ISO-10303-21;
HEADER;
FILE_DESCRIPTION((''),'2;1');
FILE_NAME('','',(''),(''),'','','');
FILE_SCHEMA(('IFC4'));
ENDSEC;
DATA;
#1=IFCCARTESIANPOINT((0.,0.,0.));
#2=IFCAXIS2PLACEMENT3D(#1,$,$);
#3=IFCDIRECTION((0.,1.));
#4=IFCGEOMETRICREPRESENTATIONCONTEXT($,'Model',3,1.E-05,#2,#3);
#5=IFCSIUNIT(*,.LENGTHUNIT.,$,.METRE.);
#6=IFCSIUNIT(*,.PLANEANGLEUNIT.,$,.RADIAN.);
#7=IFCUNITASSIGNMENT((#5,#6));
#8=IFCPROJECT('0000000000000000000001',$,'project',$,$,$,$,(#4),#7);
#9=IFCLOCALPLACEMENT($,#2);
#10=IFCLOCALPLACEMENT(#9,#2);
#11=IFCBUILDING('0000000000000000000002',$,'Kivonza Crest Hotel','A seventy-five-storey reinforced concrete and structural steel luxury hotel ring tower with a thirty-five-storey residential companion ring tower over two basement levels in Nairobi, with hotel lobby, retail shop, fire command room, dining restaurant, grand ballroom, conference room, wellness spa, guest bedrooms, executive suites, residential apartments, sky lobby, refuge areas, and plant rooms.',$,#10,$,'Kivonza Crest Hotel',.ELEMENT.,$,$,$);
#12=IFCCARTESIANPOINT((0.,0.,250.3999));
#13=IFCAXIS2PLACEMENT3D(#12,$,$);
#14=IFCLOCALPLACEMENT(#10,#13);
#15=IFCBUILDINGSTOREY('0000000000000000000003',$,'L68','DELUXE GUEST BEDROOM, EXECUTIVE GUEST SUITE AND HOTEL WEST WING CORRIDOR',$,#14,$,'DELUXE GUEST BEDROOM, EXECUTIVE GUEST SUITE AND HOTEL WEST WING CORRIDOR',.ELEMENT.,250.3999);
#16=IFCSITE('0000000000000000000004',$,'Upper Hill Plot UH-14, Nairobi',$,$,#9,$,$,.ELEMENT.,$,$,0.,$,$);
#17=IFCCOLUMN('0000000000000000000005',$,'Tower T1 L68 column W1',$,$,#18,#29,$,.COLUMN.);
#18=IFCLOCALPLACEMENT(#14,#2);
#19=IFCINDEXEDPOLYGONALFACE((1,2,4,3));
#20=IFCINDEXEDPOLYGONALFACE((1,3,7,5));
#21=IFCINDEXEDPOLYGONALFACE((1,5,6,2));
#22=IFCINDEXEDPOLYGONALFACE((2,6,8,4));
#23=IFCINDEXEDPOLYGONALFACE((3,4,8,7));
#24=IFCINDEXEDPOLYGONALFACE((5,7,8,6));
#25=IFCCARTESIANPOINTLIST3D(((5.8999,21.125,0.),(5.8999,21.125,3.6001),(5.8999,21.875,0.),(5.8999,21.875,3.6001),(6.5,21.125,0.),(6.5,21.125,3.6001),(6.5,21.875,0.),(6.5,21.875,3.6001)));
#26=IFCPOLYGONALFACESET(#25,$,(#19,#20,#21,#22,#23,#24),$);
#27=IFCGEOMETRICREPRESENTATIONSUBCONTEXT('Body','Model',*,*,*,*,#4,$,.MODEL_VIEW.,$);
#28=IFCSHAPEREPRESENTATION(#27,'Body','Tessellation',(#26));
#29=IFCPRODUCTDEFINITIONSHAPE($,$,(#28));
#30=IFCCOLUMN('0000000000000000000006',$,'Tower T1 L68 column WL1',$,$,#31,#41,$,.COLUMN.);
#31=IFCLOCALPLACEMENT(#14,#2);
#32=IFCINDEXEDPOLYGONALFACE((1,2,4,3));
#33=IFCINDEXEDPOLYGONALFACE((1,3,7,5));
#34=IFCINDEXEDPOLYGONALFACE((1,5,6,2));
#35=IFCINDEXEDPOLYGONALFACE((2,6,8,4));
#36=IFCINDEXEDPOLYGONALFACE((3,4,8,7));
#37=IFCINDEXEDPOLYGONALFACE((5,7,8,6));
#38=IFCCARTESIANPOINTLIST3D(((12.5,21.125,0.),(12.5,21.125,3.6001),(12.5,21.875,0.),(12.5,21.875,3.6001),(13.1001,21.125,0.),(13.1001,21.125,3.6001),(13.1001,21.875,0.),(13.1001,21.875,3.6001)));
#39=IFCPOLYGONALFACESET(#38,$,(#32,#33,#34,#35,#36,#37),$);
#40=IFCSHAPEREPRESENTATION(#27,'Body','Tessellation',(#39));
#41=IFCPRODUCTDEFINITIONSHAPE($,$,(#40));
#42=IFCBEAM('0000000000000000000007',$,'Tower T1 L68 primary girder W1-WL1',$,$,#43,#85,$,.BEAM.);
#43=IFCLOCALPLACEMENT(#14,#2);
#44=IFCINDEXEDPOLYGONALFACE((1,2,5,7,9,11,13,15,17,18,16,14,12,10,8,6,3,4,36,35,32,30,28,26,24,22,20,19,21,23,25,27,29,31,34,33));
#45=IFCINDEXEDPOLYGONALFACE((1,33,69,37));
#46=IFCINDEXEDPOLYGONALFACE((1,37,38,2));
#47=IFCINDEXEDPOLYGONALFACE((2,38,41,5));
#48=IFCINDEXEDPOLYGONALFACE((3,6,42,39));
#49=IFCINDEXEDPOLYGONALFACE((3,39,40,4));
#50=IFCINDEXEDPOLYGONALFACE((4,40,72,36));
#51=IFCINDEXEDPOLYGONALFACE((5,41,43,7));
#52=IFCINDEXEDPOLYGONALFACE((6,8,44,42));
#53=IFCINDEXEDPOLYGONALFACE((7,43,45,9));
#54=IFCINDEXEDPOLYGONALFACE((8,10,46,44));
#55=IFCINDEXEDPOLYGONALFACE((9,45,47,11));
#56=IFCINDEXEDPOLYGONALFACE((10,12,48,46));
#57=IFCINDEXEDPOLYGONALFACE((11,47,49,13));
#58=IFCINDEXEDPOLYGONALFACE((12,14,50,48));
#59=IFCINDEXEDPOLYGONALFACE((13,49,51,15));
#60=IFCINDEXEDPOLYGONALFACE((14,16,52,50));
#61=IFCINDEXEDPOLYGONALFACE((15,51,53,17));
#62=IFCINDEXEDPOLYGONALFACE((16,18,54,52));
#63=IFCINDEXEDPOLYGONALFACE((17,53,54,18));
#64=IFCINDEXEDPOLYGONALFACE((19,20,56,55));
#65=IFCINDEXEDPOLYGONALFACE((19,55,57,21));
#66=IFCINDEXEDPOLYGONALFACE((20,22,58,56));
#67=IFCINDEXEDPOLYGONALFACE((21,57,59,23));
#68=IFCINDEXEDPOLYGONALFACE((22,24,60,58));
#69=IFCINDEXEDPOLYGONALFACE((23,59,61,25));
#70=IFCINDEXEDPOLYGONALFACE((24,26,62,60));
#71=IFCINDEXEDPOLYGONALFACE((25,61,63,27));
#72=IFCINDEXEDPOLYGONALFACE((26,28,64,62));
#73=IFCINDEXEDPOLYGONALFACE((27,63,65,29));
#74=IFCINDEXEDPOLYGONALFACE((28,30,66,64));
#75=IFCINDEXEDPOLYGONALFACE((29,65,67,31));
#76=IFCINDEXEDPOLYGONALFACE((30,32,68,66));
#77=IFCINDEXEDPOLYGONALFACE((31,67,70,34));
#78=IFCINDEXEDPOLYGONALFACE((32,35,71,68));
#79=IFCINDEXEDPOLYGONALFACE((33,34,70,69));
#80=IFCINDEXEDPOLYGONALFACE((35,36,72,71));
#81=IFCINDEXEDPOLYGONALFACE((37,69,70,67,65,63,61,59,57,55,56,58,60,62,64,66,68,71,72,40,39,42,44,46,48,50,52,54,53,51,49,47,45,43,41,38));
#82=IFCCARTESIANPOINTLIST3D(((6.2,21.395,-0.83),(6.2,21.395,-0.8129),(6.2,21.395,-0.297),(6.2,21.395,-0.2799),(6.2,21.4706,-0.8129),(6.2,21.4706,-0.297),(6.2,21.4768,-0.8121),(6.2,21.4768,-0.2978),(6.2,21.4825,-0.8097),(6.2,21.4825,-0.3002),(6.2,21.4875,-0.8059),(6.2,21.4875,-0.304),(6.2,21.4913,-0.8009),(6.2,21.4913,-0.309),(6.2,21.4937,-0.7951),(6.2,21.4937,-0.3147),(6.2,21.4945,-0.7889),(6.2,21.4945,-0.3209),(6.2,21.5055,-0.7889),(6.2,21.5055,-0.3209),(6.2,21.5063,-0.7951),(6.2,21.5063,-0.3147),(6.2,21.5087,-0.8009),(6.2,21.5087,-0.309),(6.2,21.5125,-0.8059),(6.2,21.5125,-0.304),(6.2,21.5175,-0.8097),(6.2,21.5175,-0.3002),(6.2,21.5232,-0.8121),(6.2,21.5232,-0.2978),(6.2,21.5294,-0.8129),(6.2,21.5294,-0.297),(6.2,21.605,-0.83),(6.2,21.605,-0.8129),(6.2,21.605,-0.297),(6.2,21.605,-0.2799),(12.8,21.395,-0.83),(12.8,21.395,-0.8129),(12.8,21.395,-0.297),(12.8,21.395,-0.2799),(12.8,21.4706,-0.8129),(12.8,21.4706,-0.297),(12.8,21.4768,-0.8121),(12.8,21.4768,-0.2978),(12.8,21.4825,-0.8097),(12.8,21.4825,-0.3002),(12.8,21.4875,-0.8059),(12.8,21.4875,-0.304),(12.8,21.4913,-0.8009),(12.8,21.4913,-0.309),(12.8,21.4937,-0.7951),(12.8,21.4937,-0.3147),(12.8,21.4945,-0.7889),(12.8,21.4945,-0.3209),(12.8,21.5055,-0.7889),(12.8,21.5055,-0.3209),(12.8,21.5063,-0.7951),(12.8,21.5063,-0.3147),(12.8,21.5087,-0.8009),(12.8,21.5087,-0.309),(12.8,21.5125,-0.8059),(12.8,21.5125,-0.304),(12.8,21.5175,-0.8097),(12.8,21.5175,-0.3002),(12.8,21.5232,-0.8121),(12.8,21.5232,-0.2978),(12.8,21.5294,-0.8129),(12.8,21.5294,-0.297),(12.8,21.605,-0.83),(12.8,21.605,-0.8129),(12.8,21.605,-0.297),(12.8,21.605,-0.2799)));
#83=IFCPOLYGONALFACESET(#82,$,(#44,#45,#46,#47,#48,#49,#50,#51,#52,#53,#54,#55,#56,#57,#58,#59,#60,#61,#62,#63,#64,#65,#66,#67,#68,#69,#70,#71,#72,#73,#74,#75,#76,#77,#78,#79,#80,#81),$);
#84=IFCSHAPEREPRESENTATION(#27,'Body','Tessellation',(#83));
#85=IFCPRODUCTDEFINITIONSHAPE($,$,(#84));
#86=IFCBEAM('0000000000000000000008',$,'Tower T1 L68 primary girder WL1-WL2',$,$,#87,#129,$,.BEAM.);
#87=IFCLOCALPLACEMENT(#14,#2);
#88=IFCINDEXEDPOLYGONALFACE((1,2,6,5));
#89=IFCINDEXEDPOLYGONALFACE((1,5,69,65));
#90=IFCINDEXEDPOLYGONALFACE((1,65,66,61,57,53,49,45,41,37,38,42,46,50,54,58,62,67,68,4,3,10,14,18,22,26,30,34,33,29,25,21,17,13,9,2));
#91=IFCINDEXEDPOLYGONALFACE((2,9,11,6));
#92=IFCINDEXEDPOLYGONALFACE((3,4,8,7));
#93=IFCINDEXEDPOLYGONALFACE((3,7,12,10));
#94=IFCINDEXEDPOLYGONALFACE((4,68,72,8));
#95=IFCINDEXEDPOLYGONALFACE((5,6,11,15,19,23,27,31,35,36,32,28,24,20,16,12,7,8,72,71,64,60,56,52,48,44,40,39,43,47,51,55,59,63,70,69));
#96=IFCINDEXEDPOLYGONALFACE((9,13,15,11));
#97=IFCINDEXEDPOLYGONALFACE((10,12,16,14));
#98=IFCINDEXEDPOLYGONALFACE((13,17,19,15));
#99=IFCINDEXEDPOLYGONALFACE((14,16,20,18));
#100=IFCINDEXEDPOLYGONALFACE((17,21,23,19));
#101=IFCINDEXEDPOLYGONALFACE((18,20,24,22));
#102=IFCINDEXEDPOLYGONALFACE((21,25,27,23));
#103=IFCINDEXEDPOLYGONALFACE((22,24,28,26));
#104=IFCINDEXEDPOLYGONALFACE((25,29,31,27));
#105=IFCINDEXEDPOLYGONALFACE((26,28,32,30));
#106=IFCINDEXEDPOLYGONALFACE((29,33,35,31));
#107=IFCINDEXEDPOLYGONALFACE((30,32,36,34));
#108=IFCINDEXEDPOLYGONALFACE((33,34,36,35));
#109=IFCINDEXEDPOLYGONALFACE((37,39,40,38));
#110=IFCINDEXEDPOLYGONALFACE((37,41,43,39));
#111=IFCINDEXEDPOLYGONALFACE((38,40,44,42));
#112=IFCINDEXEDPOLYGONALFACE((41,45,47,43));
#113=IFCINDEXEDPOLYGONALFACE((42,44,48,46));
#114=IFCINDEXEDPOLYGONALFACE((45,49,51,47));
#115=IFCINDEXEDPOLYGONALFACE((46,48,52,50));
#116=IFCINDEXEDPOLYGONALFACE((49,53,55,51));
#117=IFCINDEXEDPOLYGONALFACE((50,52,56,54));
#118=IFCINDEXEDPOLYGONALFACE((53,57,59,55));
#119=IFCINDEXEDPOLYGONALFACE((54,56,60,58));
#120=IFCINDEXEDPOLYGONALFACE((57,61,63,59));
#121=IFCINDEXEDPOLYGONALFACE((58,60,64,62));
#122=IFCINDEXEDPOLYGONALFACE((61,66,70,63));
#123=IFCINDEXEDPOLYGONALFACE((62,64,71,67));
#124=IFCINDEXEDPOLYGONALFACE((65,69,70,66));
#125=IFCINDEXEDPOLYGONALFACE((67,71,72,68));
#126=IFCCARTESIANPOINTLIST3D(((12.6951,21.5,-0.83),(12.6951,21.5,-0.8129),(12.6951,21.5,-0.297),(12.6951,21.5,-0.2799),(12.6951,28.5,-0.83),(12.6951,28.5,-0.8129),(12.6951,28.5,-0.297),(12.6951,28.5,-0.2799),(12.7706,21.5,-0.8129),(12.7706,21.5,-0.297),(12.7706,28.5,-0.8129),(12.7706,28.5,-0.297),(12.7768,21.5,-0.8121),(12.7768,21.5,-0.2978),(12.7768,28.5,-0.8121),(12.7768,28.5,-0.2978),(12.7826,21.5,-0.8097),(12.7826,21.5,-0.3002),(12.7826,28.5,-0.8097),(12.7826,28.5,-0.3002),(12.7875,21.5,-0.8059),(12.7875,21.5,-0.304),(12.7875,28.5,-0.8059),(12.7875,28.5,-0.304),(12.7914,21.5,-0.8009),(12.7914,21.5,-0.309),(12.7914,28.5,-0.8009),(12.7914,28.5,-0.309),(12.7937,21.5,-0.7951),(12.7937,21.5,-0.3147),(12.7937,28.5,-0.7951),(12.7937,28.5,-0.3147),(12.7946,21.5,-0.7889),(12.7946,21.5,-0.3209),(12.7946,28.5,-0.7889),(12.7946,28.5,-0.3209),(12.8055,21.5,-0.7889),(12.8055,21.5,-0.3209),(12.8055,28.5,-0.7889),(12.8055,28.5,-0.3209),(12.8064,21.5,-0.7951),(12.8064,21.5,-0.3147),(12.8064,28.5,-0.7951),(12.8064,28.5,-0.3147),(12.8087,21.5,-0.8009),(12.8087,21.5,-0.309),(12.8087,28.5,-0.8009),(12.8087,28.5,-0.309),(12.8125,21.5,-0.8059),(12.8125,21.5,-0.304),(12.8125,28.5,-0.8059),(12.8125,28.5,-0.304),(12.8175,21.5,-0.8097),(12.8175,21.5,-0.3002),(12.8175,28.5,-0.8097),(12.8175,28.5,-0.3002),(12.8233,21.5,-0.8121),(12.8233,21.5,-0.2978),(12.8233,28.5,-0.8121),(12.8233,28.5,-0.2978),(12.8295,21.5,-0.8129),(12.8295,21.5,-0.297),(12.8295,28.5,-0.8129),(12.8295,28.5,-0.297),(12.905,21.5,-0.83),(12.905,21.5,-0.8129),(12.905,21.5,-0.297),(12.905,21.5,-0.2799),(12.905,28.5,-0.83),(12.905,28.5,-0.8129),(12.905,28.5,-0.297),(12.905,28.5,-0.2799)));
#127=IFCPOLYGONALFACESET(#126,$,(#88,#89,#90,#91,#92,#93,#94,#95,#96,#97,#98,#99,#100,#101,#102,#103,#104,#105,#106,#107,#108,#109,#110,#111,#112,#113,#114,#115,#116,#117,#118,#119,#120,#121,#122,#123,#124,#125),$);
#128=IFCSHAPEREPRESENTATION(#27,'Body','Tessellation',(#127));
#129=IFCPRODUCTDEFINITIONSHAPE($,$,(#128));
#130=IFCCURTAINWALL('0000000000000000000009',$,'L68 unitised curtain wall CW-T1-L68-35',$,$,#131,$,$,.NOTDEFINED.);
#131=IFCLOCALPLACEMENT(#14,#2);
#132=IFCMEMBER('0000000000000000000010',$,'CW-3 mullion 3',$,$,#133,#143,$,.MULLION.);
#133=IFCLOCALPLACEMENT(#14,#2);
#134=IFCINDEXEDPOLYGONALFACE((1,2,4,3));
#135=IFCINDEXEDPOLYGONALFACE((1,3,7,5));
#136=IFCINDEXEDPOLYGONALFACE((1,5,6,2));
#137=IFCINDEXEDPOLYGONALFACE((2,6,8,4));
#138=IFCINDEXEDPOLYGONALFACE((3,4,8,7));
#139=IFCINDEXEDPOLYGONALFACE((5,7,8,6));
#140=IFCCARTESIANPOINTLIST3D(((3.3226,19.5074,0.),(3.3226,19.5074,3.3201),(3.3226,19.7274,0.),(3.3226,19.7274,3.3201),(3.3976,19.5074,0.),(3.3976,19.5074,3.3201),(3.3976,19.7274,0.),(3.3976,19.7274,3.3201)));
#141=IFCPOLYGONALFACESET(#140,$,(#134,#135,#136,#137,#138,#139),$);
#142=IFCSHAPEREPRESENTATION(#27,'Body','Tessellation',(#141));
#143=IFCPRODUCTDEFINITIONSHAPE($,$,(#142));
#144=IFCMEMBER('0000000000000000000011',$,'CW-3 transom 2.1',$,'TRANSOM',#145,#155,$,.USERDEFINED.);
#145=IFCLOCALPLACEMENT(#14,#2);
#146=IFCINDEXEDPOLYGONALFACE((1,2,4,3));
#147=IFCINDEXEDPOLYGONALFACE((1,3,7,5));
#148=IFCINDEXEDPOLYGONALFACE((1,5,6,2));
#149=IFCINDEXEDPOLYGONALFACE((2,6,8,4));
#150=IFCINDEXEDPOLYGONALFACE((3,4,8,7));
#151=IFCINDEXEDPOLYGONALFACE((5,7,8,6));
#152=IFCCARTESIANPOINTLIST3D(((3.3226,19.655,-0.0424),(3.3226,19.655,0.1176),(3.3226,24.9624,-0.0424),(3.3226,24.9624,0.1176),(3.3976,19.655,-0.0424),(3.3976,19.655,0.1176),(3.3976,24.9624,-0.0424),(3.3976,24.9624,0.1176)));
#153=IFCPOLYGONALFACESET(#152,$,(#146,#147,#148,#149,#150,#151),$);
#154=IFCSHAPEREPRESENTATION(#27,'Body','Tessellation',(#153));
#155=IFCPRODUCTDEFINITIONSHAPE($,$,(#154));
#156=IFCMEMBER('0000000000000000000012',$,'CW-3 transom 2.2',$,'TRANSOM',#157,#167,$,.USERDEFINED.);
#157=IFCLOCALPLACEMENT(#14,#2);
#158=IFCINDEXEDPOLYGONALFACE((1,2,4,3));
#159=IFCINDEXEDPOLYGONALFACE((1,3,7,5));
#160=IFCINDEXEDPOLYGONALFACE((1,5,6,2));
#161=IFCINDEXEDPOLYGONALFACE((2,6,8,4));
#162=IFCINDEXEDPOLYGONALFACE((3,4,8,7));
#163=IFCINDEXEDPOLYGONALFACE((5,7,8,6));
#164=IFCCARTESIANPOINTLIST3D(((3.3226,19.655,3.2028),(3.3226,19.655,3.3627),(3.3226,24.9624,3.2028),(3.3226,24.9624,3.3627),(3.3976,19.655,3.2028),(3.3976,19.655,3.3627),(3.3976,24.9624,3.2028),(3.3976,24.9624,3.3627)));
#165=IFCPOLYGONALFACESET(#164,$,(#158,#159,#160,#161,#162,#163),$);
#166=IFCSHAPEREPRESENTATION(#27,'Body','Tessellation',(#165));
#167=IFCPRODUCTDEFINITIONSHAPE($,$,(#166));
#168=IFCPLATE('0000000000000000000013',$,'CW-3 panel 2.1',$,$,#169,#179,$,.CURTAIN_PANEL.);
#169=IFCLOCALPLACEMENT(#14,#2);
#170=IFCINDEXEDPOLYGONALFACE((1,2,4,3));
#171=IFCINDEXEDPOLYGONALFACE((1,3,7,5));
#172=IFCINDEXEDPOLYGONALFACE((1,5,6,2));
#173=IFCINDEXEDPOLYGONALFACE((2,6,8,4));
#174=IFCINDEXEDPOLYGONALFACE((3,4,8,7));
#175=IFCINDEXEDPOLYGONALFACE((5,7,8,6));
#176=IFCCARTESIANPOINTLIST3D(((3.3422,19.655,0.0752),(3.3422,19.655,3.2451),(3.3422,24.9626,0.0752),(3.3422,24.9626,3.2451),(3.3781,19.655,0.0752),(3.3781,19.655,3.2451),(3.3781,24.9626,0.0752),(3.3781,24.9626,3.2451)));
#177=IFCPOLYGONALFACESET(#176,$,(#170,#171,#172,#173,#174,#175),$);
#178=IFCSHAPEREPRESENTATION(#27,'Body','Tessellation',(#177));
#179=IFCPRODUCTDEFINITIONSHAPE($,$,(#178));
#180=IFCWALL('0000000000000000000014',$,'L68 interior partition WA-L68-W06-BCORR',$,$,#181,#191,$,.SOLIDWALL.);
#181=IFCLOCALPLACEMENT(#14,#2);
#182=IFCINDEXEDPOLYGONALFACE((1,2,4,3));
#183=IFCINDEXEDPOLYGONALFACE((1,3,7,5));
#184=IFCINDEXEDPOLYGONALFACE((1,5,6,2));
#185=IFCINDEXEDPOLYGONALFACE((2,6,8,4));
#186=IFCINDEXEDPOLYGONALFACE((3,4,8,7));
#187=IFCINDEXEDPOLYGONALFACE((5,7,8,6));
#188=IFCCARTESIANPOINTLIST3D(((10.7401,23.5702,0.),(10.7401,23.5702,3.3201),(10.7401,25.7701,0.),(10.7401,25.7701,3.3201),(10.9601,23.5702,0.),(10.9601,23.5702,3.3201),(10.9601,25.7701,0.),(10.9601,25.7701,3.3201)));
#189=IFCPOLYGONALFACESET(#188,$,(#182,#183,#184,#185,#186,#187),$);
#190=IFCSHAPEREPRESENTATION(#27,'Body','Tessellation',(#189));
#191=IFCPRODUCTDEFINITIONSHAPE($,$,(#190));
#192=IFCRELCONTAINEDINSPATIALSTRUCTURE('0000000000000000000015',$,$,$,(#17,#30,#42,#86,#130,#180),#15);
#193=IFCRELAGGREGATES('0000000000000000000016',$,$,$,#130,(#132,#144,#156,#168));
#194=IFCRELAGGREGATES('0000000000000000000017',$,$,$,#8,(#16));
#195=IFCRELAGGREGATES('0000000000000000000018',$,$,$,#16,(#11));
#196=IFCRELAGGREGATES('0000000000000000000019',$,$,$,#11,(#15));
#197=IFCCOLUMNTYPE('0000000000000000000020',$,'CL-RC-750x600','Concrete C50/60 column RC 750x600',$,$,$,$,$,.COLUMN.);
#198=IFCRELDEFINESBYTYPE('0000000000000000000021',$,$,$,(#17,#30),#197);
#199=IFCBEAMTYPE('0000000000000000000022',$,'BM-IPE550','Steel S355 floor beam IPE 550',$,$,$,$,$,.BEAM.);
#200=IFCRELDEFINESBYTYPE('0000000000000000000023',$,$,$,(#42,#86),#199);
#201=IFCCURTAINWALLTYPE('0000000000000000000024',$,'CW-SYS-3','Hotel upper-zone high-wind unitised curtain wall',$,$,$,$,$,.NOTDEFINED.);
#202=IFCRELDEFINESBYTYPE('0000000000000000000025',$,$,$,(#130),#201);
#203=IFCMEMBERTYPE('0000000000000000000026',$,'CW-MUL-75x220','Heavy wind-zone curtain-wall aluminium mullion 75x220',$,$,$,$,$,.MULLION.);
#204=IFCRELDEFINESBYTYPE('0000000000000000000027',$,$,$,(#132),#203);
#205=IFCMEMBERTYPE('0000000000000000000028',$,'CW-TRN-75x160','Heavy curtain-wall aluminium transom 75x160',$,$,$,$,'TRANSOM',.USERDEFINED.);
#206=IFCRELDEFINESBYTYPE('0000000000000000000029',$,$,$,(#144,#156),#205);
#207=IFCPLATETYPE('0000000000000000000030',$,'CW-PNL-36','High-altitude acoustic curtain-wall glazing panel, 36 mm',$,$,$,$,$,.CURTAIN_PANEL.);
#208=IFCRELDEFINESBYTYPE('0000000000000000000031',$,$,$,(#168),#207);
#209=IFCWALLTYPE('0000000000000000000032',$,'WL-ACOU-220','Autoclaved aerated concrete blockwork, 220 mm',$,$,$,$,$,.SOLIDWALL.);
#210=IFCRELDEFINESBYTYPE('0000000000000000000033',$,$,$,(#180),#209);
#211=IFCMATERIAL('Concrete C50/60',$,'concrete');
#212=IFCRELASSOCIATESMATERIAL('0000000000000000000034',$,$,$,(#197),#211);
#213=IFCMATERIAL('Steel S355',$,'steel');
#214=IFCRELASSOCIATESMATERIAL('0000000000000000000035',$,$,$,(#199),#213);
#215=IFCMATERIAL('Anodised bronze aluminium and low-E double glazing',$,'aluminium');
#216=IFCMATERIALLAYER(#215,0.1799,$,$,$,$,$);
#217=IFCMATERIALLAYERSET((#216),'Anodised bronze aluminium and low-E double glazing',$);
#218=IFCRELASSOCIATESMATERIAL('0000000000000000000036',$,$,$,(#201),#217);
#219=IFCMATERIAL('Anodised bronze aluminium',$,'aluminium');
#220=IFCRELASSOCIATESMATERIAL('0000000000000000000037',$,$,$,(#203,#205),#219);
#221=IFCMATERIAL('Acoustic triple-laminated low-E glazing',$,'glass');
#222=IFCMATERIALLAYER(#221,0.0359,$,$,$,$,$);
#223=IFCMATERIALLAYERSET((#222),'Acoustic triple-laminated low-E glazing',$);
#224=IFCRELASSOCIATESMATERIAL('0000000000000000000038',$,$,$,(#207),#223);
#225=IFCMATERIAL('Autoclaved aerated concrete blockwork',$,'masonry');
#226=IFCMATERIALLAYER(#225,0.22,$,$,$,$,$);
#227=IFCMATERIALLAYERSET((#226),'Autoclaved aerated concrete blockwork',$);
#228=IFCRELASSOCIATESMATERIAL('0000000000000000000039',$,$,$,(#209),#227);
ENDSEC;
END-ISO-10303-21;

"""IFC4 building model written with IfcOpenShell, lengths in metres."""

from ifc_helpers import new_model, si_unit, direction, frame, frame_2d, origin, origin_2d, place, context, subcontext, project, spatial, rectangle, i_section, extrude, material, layer, layer_set, material_profile, profile_set, type_object, element, aggregate, save


model = new_model("IFC4")

# Units and contexts
model_context = context("Model", 3, precision=1e-05, world=origin(), true_north=direction((0.0, 1.0)))
body_context = subcontext(model_context, "Body", "Model", "MODEL_VIEW")
ifc_project = project(units=[si_unit("LENGTHUNIT", "METRE"), si_unit("PLANEANGLEUNIT", "RADIAN")], contexts=[model_context])

# Site, building, storey
site_placement = place(None, origin())
site = spatial("IfcSite", under=ifc_project, at=site_placement, Name="Upper Hill Plot UH-14, Nairobi", CompositionType="ELEMENT", RefElevation=0.0)
building_placement = place(site_placement, origin())
building = spatial("IfcBuilding", under=site, at=building_placement, Name="Kivonza Crest Hotel", Description="A seventy-five-storey reinforced concrete and structural steel luxury hotel ring tower with a thirty-five-storey residential companion ring tower over two basement levels in Nairobi, with hotel lobby, retail shop, fire command room, dining restaurant, grand ballroom, conference room, wellness spa, guest bedrooms, executive suites, residential apartments, sky lobby, refuge areas, and plant rooms.", LongName="Kivonza Crest Hotel", CompositionType="ELEMENT")
storey_placement = place(building_placement, frame((0.0, 0.0, 250.3999)))
storey = spatial("IfcBuildingStorey", under=building, at=storey_placement, Name="L68", Description="DELUXE GUEST BEDROOM, EXECUTIVE GUEST SUITE AND HOTEL WEST WING CORRIDOR", LongName="DELUXE GUEST BEDROOM, EXECUTIVE GUEST SUITE AND HOTEL WEST WING CORRIDOR", CompositionType="ELEMENT", Elevation=250.3999)

# Columns
ifc_material_1 = material(Name="Concrete C50/60", Category="concrete")
ifc_material_profile_1 = material_profile(ifc_material_1, rectangle(XDim=0.6001, YDim=0.75, at=origin_2d()), Name="RC 750x600")
ifc_profile_set_1 = profile_set([ifc_material_profile_1], Name="Concrete C50/60")
column_type = type_object("IfcColumnType", Name="CL-RC-750x600", Description="Concrete C50/60 column RC 750x600", PredefinedType="COLUMN", material=ifc_profile_set_1)
for number, where, z_axis, x_axis, name in (
    (1, (6.2, 21.5, 0.0), (0.0, 0.0, 1.0), (1.0, 0.0, 0.0), "Tower T1 L68 column W1"),
    (2, (12.8, 21.5, 0.0), (0.0, 0.0, 1.0), (1.0, 0.0, 0.0), "Tower T1 L68 column WL1"),
):
    element("IfcColumn", number, at=place(storey_placement, frame(where, z_axis=z_axis, x_axis=x_axis)), inside=storey, type_object=column_type, Name=name, PredefinedType="COLUMN", context=body_context, shape_type="SweptSolid", body=[
        extrude(rectangle(XDim=0.6001, YDim=0.75, at=origin_2d()), origin(), (0.0, 0.0, 1.0), 3.6001),
    ])

# Beams
ifc_material_2 = material(Name="Steel S355", Category="steel")
ifc_material_profile_2 = material_profile(ifc_material_2, i_section(OverallWidth=0.21, OverallDepth=0.55, WebThickness=0.011, FlangeThickness=0.0171, FilletRadius=0.0239, at=origin_2d()), Name="IPE 550")
ifc_profile_set_2 = profile_set([ifc_material_profile_2], Name="Steel S355")
beam_type = type_object("IfcBeamType", Name="BM-IPE550", Description="Steel S355 floor beam IPE 550", PredefinedType="BEAM", material=ifc_profile_set_2)
beam_1_placement = place(storey_placement, frame((6.2, 21.5, -0.5549), z_axis=(1.0, 0.0, 0.0), x_axis=(0.0, 1.0, 0.0)))
element("IfcBeam", 3, at=beam_1_placement, inside=storey, type_object=beam_type, Name="Tower T1 L68 primary girder W1-WL1", PredefinedType="BEAM", context=body_context, shape_type="SweptSolid", body=[
    extrude(i_section(OverallWidth=0.21, OverallDepth=0.55, WebThickness=0.011, FlangeThickness=0.0171, FilletRadius=0.0239, at=origin_2d()), origin(), (0.0, 0.0, 1.0), 6.6001),
])
beam_2_placement = place(storey_placement, frame((12.8, 21.5, -0.5549), z_axis=(0.0, 1.0, 0.0), x_axis=(-1.0, 0.0, 0.0)))
element("IfcBeam", 4, at=beam_2_placement, inside=storey, type_object=beam_type, Name="Tower T1 L68 primary girder WL1-WL2", PredefinedType="BEAM", context=body_context, shape_type="SweptSolid", body=[
    extrude(i_section(OverallWidth=0.21, OverallDepth=0.55, WebThickness=0.011, FlangeThickness=0.0171, FilletRadius=0.0239, at=origin_2d()), origin(), (0.0, 0.0, 1.0), 7.0),
])

# Curtain wall, members, plate
ifc_material_3 = material(Name="Anodised bronze aluminium and low-E double glazing", Category="aluminium")
ifc_layer_1 = layer(ifc_material_3, 0.1799)
ifc_layer_set_1 = layer_set([ifc_layer_1], Name="Anodised bronze aluminium and low-E double glazing")
curtain_wall_type = type_object("IfcCurtainWallType", Name="CW-SYS-3", Description="Hotel upper-zone high-wind unitised curtain wall", PredefinedType="NOTDEFINED", material=ifc_layer_set_1)
curtain_wall_placement = place(storey_placement, origin())
curtain_wall = element("IfcCurtainWall", 5, at=curtain_wall_placement, inside=storey, type_object=curtain_wall_type, Name="L68 unitised curtain wall CW-T1-L68-35", PredefinedType="NOTDEFINED")
ifc_material_4 = material(Name="Anodised bronze aluminium", Category="aluminium")
ifc_material_profile_3 = material_profile(ifc_material_4, rectangle(XDim=0.075, YDim=0.22, at=origin_2d()), Name="CW-M 75x220")
ifc_profile_set_3 = profile_set([ifc_material_profile_3], Name="Anodised bronze aluminium")
member_type_1 = type_object("IfcMemberType", Name="CW-MUL-75x220", Description="Heavy wind-zone curtain-wall aluminium mullion 75x220", PredefinedType="MULLION", material=ifc_profile_set_3)
member_1_placement = place(storey_placement, frame((3.3601, 19.6174, 0.0), z_axis=(0.0, 0.0, 1.0), x_axis=(1.0, 0.0, 0.0)))
member_1 = element("IfcMember", 6, at=member_1_placement, type_object=member_type_1, Name="CW-3 mullion 3", PredefinedType="MULLION", context=body_context, shape_type="SweptSolid", body=[
    extrude(rectangle(XDim=0.075, YDim=0.22, at=origin_2d()), origin(), (0.0, 0.0, 1.0), 3.3201),
])
ifc_material_profile_4 = material_profile(ifc_material_4, rectangle(XDim=0.075, YDim=0.1599, at=origin_2d()), Name="CW-T 75x160")
ifc_profile_set_4 = profile_set([ifc_material_profile_4], Name="Anodised bronze aluminium")
member_type_2 = type_object("IfcMemberType", Name="CW-TRN-75x160", Description="Heavy curtain-wall aluminium transom 75x160", ElementType="TRANSOM", PredefinedType="USERDEFINED", material=ifc_profile_set_4)
member_2_placement = place(storey_placement, frame((3.3601, 24.9624, 0.0376), z_axis=(0.0, -1.0, 0.0), x_axis=(1.0, 0.0, 0.0)))
member_2 = element("IfcMember", 7, at=member_2_placement, type_object=member_type_2, Name="CW-3 transom 2.1", ObjectType="TRANSOM", PredefinedType="USERDEFINED", context=body_context, shape_type="SweptSolid", body=[
    extrude(rectangle(XDim=0.075, YDim=0.1599, at=origin_2d()), origin(), (0.0, 0.0, 1.0), 5.3074),
])
member_3_placement = place(storey_placement, frame((3.3601, 24.9624, 3.2827), z_axis=(0.0, -1.0, 0.0), x_axis=(1.0, 0.0, 0.0)))
member_3 = element("IfcMember", 8, at=member_3_placement, type_object=member_type_2, Name="CW-3 transom 2.2", ObjectType="TRANSOM", PredefinedType="USERDEFINED", context=body_context, shape_type="SweptSolid", body=[
    extrude(rectangle(XDim=0.075, YDim=0.1599, at=origin_2d()), origin(), (0.0, 0.0, 1.0), 5.3074),
])
ifc_material_5 = material(Name="Acoustic triple-laminated low-E glazing", Category="glass")
ifc_layer_2 = layer(ifc_material_5, 0.0359)
ifc_layer_set_2 = layer_set([ifc_layer_2], Name="Acoustic triple-laminated low-E glazing")
plate_type = type_object("IfcPlateType", Name="CW-PNL-36", Description="High-altitude acoustic curtain-wall glazing panel, 36 mm", PredefinedType="CURTAIN_PANEL", material=ifc_layer_set_2)
plate_placement = place(storey_placement, frame((3.3601, 22.3088, 0.0752), z_axis=(0.0, 0.0, 1.0), x_axis=(0.0, -1.0, 0.0)))
plate = element("IfcPlate", 9, at=plate_placement, type_object=plate_type, Name="CW-3 panel 2.1", PredefinedType="CURTAIN_PANEL", context=body_context, shape_type="SweptSolid", body=[
    extrude(rectangle(XDim=5.3076, YDim=0.0359, at=origin_2d()), origin(), (0.0, 0.0, 1.0), 3.1699),
])
aggregate(curtain_wall, [member_1, member_2, member_3, plate])

# Wall
ifc_material_6 = material(Name="Autoclaved aerated concrete blockwork", Category="masonry")
ifc_layer_3 = layer(ifc_material_6, 0.22)
ifc_layer_set_3 = layer_set([ifc_layer_3], Name="Autoclaved aerated concrete blockwork")
wall_type_1 = type_object("IfcWallType", Name="WL-ACOU-220", Description="Autoclaved aerated concrete blockwork, 220 mm", PredefinedType="SOLIDWALL", material=ifc_layer_set_3)
wall_1_placement = place(storey_placement, frame((10.8501, 23.5701, 0.0), z_axis=(0.0, 0.0, 1.0), x_axis=(0.0, 1.0, 0.0)))
element("IfcWall", 10, at=wall_1_placement, inside=storey, type_object=wall_type_1, Name="L68 interior partition WA-L68-W06-BCORR", PredefinedType="SOLIDWALL", context=body_context, shape_type="SweptSolid", body=[
    extrude(rectangle(XDim=2.2, YDim=0.22, at=frame_2d((1.1001, 0.0))), origin(), (0.0, 0.0, 1.0), 3.3201),
])

save(model, "model.ifc")
